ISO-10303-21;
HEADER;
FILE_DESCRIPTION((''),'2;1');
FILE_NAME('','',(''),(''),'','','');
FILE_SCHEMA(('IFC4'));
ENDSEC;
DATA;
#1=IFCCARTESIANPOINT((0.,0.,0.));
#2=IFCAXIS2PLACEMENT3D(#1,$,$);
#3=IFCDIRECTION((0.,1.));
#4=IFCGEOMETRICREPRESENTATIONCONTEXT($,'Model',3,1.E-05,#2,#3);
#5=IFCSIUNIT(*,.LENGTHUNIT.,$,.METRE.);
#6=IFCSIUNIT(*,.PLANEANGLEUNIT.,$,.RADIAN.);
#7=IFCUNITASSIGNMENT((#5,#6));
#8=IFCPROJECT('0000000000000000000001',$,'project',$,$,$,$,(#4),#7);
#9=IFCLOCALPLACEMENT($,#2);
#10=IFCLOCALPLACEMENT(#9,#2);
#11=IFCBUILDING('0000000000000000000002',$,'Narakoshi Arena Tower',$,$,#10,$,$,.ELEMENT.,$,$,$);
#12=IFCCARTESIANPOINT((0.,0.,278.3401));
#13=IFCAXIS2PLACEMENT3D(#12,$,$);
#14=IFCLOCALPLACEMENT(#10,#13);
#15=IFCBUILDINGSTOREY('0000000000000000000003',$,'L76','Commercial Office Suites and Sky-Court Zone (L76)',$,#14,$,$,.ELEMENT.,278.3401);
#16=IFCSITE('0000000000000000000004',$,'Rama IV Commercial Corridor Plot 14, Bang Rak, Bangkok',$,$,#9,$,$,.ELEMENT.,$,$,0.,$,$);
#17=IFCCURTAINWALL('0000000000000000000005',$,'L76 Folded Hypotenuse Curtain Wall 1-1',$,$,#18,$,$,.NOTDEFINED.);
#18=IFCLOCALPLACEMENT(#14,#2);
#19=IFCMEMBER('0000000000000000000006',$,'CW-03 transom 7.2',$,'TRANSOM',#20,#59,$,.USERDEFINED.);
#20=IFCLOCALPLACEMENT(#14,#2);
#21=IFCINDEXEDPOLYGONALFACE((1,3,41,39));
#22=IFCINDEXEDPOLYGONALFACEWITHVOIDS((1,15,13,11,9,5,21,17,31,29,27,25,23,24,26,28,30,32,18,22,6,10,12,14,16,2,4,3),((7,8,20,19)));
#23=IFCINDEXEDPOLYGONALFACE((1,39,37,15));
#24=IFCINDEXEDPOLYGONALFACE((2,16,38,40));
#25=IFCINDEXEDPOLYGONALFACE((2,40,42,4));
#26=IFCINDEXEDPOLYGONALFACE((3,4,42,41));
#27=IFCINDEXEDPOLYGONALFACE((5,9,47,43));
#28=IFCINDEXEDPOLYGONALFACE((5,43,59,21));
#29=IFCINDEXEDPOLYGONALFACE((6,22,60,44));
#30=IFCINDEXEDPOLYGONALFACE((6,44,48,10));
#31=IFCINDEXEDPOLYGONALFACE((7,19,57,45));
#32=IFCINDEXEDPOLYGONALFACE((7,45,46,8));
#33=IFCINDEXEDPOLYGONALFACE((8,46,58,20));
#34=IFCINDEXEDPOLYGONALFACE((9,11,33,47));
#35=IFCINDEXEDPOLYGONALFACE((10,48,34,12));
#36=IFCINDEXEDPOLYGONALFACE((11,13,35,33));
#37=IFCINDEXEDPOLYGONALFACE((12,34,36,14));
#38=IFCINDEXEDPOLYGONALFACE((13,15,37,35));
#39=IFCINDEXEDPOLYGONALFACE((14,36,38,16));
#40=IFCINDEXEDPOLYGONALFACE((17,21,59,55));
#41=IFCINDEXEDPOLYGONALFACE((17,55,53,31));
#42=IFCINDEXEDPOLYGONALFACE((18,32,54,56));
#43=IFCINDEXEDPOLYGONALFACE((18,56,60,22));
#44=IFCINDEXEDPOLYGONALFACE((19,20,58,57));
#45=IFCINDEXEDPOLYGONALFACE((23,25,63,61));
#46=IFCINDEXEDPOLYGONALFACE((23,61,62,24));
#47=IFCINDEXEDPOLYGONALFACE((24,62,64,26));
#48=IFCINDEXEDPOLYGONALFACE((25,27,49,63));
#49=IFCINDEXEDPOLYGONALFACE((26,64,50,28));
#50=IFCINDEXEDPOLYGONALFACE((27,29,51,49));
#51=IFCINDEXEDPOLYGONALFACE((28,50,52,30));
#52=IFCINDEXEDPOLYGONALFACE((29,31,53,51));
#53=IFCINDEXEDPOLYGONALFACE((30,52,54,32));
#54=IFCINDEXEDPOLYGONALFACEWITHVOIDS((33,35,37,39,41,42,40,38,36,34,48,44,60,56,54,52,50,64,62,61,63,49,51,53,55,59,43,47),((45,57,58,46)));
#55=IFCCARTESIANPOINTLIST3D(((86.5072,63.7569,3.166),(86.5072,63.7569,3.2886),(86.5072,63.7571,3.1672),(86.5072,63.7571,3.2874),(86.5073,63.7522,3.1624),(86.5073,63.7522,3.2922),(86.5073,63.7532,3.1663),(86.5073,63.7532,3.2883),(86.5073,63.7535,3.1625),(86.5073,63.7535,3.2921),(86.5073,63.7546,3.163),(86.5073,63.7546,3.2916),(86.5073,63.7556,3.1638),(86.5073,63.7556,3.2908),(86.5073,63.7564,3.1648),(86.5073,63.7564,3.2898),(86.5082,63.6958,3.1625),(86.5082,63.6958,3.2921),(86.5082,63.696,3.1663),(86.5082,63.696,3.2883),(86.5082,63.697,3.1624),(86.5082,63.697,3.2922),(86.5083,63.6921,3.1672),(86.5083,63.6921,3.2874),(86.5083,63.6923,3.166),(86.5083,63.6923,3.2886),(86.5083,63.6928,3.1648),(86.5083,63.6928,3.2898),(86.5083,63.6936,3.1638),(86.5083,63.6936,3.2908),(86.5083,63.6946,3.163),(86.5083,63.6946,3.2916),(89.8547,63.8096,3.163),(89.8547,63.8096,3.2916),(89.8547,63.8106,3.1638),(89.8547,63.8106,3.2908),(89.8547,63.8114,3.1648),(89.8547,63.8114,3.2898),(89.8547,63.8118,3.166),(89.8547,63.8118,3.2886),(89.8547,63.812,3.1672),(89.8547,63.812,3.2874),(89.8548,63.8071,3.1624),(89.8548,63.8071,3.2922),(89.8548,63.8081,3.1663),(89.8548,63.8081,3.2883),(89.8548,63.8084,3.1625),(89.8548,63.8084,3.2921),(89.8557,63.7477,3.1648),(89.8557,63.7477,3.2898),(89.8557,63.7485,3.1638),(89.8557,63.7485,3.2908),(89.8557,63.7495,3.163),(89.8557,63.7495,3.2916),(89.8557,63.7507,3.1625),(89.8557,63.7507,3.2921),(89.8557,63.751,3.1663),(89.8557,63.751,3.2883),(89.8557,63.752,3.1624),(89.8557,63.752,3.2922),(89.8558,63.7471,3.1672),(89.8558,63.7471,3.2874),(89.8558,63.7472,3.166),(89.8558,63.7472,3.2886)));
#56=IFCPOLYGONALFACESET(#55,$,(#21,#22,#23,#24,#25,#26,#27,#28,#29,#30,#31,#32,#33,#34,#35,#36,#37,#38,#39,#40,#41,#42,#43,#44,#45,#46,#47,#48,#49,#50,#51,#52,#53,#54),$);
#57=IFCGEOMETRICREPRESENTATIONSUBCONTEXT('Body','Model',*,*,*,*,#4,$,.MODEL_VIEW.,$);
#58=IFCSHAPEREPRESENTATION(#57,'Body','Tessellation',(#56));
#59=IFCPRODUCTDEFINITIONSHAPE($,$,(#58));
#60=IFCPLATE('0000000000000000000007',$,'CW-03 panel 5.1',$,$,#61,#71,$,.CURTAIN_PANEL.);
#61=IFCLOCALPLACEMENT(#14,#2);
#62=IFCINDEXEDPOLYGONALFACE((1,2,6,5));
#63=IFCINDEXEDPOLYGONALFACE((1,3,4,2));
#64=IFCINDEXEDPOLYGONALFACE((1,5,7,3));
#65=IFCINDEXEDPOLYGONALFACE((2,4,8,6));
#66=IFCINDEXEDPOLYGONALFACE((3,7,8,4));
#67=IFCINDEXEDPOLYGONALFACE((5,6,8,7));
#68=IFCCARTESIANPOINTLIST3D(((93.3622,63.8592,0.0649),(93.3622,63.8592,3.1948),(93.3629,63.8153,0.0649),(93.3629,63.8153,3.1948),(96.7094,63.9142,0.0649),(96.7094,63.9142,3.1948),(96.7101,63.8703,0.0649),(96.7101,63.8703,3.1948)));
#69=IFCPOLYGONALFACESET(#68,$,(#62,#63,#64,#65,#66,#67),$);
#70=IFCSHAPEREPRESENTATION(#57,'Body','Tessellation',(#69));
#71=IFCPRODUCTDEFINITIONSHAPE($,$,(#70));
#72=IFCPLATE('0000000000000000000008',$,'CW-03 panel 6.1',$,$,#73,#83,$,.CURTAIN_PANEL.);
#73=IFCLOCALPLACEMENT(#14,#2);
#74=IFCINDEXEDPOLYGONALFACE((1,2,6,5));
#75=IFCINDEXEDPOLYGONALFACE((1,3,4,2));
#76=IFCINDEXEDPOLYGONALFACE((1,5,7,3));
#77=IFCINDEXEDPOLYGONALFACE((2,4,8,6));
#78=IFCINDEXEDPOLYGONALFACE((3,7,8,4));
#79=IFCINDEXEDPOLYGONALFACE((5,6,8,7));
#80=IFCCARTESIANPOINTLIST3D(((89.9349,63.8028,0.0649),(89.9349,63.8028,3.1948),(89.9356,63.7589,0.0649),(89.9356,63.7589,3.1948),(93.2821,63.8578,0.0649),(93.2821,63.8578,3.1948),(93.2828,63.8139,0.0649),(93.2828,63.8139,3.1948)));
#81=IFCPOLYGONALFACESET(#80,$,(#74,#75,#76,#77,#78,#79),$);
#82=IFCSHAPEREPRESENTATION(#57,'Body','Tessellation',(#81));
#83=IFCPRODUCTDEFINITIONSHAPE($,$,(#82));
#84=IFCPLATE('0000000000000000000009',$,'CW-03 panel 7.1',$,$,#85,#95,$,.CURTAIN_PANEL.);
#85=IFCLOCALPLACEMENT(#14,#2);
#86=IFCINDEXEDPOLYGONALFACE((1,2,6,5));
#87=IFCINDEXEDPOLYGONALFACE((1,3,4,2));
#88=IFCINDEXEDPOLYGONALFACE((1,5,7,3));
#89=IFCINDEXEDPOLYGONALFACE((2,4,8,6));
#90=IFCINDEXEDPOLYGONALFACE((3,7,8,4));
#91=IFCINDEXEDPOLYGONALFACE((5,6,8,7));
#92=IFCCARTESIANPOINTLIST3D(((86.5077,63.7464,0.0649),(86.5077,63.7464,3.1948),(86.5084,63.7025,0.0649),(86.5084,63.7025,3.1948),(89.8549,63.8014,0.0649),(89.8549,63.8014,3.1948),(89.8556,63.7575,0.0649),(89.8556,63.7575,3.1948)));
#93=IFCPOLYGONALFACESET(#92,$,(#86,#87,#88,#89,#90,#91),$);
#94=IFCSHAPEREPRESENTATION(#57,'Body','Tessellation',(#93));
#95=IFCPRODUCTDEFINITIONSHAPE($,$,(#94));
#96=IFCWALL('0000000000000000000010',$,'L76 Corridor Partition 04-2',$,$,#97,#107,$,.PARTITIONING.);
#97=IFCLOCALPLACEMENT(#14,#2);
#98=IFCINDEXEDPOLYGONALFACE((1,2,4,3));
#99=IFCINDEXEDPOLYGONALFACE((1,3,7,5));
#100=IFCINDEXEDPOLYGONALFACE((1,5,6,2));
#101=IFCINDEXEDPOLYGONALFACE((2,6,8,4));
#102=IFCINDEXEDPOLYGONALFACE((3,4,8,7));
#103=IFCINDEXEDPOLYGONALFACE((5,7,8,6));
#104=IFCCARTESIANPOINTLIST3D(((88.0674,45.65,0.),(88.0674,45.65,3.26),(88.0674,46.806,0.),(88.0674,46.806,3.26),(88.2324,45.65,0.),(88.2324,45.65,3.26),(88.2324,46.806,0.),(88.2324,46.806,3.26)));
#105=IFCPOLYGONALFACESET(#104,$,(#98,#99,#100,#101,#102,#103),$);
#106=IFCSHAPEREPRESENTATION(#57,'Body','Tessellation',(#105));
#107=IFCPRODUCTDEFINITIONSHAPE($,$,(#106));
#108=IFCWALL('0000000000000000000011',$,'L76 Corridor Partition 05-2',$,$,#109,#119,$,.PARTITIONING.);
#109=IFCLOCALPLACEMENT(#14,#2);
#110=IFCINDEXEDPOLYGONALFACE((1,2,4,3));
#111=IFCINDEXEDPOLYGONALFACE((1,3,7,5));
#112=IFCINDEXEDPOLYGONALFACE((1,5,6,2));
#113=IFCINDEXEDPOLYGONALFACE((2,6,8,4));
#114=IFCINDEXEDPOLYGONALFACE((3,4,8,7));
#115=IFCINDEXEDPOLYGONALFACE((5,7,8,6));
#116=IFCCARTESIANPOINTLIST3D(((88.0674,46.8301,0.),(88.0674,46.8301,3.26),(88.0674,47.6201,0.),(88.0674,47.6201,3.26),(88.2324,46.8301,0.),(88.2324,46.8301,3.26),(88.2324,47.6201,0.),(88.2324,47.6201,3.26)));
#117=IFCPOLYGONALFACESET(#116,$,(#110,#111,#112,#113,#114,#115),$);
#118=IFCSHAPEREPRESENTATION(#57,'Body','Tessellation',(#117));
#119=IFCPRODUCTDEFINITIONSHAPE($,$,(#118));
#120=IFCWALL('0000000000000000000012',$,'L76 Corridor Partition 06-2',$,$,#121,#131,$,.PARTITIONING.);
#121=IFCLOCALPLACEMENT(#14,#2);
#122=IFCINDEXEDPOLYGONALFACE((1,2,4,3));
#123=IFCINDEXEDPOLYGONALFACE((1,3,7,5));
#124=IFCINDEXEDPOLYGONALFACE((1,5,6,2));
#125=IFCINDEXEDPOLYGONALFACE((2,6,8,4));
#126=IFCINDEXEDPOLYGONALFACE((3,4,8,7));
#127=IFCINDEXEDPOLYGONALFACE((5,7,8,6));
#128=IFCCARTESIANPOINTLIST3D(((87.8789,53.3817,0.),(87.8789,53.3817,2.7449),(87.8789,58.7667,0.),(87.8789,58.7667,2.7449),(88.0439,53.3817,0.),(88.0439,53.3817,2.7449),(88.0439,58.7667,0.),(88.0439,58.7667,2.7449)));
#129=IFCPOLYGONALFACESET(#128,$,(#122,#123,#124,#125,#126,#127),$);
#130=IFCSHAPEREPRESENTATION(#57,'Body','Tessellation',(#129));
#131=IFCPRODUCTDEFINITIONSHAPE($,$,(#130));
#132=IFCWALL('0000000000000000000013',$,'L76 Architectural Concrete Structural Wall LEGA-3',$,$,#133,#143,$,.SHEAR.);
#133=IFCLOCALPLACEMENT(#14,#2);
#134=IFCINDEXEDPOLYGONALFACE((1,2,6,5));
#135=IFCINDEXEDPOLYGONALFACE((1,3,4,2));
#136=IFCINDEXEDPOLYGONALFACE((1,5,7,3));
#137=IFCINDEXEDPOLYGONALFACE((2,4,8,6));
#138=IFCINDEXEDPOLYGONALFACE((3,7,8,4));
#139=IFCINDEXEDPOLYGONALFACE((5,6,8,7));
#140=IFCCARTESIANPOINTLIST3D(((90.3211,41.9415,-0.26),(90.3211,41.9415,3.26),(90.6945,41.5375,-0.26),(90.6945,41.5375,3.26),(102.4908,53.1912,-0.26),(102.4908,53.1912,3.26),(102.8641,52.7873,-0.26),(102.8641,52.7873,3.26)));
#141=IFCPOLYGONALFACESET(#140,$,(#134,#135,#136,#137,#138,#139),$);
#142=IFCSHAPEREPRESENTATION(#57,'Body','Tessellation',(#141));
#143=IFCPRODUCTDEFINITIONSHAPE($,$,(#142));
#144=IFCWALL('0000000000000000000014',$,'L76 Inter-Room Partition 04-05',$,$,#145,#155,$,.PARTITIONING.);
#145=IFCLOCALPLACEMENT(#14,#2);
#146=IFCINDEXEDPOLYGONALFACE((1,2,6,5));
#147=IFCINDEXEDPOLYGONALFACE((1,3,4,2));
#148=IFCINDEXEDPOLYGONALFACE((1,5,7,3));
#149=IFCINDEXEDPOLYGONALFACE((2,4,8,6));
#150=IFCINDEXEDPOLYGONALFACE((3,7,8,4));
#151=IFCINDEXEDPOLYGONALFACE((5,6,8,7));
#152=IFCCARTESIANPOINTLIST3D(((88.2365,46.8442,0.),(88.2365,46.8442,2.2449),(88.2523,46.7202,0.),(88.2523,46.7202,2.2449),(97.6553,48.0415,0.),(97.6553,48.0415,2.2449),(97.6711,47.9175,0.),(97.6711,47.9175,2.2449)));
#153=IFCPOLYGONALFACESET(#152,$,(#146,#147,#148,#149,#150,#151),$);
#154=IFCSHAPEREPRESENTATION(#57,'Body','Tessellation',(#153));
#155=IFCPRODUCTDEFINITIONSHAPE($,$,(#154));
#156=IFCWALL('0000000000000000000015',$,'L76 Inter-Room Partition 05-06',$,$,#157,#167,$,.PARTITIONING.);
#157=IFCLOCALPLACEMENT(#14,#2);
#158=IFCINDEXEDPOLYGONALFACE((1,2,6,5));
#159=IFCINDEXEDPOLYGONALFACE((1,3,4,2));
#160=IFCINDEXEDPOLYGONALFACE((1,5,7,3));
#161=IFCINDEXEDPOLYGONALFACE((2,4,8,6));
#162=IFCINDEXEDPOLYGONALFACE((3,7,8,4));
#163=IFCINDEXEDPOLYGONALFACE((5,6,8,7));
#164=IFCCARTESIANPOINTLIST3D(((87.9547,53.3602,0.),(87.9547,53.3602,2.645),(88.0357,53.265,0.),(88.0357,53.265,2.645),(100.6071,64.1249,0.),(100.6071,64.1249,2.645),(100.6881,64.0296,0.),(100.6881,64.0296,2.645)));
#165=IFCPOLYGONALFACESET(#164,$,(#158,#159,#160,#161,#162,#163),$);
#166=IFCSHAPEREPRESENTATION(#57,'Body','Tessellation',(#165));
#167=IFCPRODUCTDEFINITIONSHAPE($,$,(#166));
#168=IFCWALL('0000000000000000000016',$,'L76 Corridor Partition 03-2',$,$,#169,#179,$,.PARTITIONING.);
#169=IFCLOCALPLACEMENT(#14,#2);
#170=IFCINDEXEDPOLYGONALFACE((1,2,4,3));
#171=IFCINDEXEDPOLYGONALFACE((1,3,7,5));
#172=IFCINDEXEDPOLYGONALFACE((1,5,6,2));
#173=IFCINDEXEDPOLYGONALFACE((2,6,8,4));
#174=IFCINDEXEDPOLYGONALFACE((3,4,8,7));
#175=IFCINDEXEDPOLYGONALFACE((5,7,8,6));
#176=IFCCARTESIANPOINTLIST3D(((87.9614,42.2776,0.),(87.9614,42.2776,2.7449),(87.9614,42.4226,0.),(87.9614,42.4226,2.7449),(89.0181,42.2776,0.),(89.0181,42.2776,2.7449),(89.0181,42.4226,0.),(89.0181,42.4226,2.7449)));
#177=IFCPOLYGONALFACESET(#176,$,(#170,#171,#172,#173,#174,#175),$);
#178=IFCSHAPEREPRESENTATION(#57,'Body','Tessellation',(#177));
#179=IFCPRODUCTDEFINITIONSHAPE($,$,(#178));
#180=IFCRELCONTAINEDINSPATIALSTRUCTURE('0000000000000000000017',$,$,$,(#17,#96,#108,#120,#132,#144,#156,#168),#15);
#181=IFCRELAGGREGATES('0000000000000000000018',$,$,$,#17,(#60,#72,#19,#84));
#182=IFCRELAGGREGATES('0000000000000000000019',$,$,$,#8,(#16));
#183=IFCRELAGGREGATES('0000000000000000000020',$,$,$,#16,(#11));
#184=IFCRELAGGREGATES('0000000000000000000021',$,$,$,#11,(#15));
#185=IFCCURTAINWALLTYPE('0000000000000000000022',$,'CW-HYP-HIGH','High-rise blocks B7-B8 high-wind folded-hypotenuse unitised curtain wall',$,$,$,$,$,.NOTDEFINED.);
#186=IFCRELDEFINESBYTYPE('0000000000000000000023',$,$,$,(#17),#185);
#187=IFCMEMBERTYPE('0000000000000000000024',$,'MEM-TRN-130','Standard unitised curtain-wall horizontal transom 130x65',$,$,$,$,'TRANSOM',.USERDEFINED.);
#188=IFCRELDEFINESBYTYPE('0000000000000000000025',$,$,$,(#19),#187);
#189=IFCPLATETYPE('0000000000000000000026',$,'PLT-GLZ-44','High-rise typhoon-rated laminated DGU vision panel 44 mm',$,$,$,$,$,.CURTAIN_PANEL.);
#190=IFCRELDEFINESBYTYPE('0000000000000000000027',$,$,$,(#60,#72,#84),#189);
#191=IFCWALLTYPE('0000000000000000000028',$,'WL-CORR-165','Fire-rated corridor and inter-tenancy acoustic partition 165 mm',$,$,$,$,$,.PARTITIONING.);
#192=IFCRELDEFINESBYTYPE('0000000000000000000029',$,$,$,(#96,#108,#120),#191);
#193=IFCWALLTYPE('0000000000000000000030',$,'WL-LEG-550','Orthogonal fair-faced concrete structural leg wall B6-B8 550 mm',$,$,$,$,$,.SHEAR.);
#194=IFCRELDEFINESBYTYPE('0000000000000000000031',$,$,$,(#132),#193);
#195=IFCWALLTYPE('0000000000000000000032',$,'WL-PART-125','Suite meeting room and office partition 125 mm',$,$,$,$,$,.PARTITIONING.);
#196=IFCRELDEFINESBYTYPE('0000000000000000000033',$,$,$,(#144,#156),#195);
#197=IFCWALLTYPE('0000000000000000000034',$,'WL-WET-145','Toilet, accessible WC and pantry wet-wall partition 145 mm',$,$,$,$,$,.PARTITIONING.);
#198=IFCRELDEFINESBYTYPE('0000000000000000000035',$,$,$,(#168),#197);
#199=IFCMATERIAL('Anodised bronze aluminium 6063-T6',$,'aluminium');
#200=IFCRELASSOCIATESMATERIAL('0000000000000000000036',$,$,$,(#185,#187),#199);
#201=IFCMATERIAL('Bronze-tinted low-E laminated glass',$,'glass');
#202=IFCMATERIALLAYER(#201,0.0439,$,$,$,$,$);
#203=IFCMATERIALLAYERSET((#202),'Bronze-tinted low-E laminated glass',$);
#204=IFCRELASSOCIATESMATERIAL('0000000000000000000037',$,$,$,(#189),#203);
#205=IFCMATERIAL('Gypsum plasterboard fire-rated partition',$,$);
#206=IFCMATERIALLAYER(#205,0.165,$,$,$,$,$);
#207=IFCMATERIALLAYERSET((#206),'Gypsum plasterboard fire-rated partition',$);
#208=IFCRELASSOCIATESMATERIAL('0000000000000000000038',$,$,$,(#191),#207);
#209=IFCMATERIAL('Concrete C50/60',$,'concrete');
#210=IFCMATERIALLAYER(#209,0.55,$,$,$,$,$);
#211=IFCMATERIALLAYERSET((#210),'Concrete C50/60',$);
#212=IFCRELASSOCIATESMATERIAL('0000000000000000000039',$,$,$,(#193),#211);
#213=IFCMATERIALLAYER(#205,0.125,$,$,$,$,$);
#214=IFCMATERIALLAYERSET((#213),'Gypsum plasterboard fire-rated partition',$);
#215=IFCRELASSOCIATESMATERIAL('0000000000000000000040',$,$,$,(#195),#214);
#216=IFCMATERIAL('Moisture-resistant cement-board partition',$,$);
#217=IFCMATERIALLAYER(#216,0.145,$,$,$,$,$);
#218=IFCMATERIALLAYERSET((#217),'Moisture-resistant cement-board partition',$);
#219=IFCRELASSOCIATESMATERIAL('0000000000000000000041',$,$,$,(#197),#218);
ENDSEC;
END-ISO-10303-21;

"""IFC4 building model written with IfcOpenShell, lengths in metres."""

from ifc_helpers import new_model, si_unit, direction, frame, frame_2d, origin, origin_2d, place, context, subcontext, project, spatial, rectangle, hollow_rectangle, extrude, material, layer, layer_set, material_profile, profile_set, type_object, element, aggregate, save


model = new_model("IFC4")

# Units and contexts
model_context = context("Model", 3, precision=1e-05, world=origin(), true_north=direction((0.0, 1.0)))
body_context = subcontext(model_context, "Body", "Model", "MODEL_VIEW")
ifc_project = project(units=[si_unit("LENGTHUNIT", "METRE"), si_unit("PLANEANGLEUNIT", "RADIAN")], contexts=[model_context])

# Site, building, storey
site_placement = place(None, origin())
site = spatial("IfcSite", under=ifc_project, at=site_placement, Name="Rama IV Commercial Corridor Plot 14, Bang Rak, Bangkok", CompositionType="ELEMENT", RefElevation=0.0)
building_placement = place(site_placement, origin())
building = spatial("IfcBuilding", under=site, at=building_placement, Name="Narakoshi Arena Tower", CompositionType="ELEMENT")
storey_placement = place(building_placement, frame((0.0, 0.0, 278.3401)))
storey = spatial("IfcBuildingStorey", under=building, at=storey_placement, Name="L76", Description="Commercial Office Suites and Sky-Court Zone (L76)", CompositionType="ELEMENT", Elevation=278.3401)

# Shared definitions
ifc_material_1 = material(Name="Concrete C50/60", Category="concrete")

# Curtain wall, member, plates
ifc_material_2 = material(Name="Anodised bronze aluminium 6063-T6", Category="aluminium")
curtain_wall_type = type_object("IfcCurtainWallType", Name="CW-HYP-HIGH", Description="High-rise blocks B7-B8 high-wind folded-hypotenuse unitised curtain wall", PredefinedType="NOTDEFINED", material=ifc_material_2)
curtain_wall_placement = place(storey_placement, origin())
curtain_wall = element("IfcCurtainWall", 1, at=curtain_wall_placement, inside=storey, type_object=curtain_wall_type, Name="L76 Folded Hypotenuse Curtain Wall 1-1", PredefinedType="NOTDEFINED")
ifc_material_profile_1 = material_profile(ifc_material_2, hollow_rectangle(XDim=0.0649, YDim=0.1299, WallThickness=0.0039, OuterFilletRadius=0.0049, at=origin_2d()), Name="TRN130x65x4")
ifc_profile_set_1 = profile_set([ifc_material_profile_1], Name="Anodised bronze aluminium 6063-T6")
member_type_1 = type_object("IfcMemberType", Name="MEM-TRN-130", Description="Standard unitised curtain-wall horizontal transom 130x65", ElementType="TRANSOM", PredefinedType="USERDEFINED", material=ifc_profile_set_1)
member_1_placement = place(storey_placement, frame((89.8552, 63.7795, 3.2273), z_axis=(-0.999865, -0.016408, 0.0), x_axis=(0.016408, -0.999865, 0.0)))
member_1 = element("IfcMember", 2, at=member_1_placement, type_object=member_type_1, Name="CW-03 transom 7.2", ObjectType="TRANSOM", PredefinedType="USERDEFINED", context=body_context, shape_type="SweptSolid", body=[
    extrude(hollow_rectangle(XDim=0.0649, YDim=0.1299, WallThickness=0.0039, OuterFilletRadius=0.0049, at=origin_2d()), origin(), (0.0, 0.0, 1.0), 3.3479),
])
ifc_material_3 = material(Name="Bronze-tinted low-E laminated glass", Category="glass")
ifc_layer_1 = layer(ifc_material_3, 0.0439)
ifc_layer_set_1 = layer_set([ifc_layer_1], Name="Bronze-tinted low-E laminated glass")
plate_type = type_object("IfcPlateType", Name="PLT-GLZ-44", Description="High-rise typhoon-rated laminated DGU vision panel 44 mm", PredefinedType="CURTAIN_PANEL", material=ifc_layer_set_1)
plate_1_placement = place(storey_placement, frame((95.0361, 63.8647, 0.0649), z_axis=(0.0, 0.0, 1.0), x_axis=(-0.999865, -0.016443, 0.0)))
plate_1 = element("IfcPlate", 3, at=plate_1_placement, type_object=plate_type, Name="CW-03 panel 5.1", PredefinedType="CURTAIN_PANEL", context=body_context, shape_type="SweptSolid", body=[
    extrude(rectangle(XDim=3.3477, YDim=0.0439, at=origin_2d()), origin(), (0.0, 0.0, 1.0), 3.1299),
])
plate_2_placement = place(storey_placement, frame((91.6089, 63.8083, 0.0649), z_axis=(0.0, 0.0, 1.0), x_axis=(-0.999865, -0.016443, 0.0)))
plate_2 = element("IfcPlate", 4, at=plate_2_placement, type_object=plate_type, Name="CW-03 panel 6.1", PredefinedType="CURTAIN_PANEL", context=body_context, shape_type="SweptSolid", body=[
    extrude(rectangle(XDim=3.3477, YDim=0.0439, at=origin_2d()), origin(), (0.0, 0.0, 1.0), 3.1299),
])
plate_3_placement = place(storey_placement, frame((88.1816, 63.752, 0.0649), z_axis=(0.0, 0.0, 1.0), x_axis=(-0.999865, -0.016443, 0.0)))
plate_3 = element("IfcPlate", 5, at=plate_3_placement, type_object=plate_type, Name="CW-03 panel 7.1", PredefinedType="CURTAIN_PANEL", context=body_context, shape_type="SweptSolid", body=[
    extrude(rectangle(XDim=3.3477, YDim=0.0439, at=origin_2d()), origin(), (0.0, 0.0, 1.0), 3.1299),
])
aggregate(curtain_wall, [plate_1, plate_2, member_1, plate_3])

# Walls
ifc_material_4 = material(Name="Gypsum plasterboard fire-rated partition")
ifc_layer_2 = layer(ifc_material_4, 0.165)
ifc_layer_set_2 = layer_set([ifc_layer_2], Name="Gypsum plasterboard fire-rated partition")
wall_type_1 = type_object("IfcWallType", Name="WL-CORR-165", Description="Fire-rated corridor and inter-tenancy acoustic partition 165 mm", PredefinedType="PARTITIONING", material=ifc_layer_set_2)
wall_1_placement = place(storey_placement, frame((88.1499, 45.6499, 0.0), z_axis=(0.0, 0.0, 1.0), x_axis=(0.0, 1.0, 0.0)))
element("IfcWall", 6, at=wall_1_placement, inside=storey, type_object=wall_type_1, Name="L76 Corridor Partition 04-2", PredefinedType="PARTITIONING", context=body_context, shape_type="SweptSolid", body=[
    extrude(rectangle(XDim=1.156, YDim=0.165, at=frame_2d((0.5781, 0.0))), origin(), (0.0, 0.0, 1.0), 3.26),
])
wall_2_placement = place(storey_placement, frame((88.1499, 46.8301, 0.0), z_axis=(0.0, 0.0, 1.0), x_axis=(0.0, 1.0, 0.0)))
element("IfcWall", 7, at=wall_2_placement, inside=storey, type_object=wall_type_1, Name="L76 Corridor Partition 05-2", PredefinedType="PARTITIONING", context=body_context, shape_type="SweptSolid", body=[
    extrude(rectangle(XDim=0.79, YDim=0.165, at=frame_2d((0.395, 0.0))), origin(), (0.0, 0.0, 1.0), 3.26),
])
wall_3_placement = place(storey_placement, frame((87.9614, 53.3818, 0.0), z_axis=(0.0, 0.0, 1.0), x_axis=(0.0, 1.0, 0.0)))
element("IfcWall", 8, at=wall_3_placement, inside=storey, type_object=wall_type_1, Name="L76 Corridor Partition 06-2", PredefinedType="PARTITIONING", context=body_context, shape_type="SweptSolid", body=[
    extrude(rectangle(XDim=5.385, YDim=0.165, at=frame_2d((2.6924, 0.0))), origin(), (0.0, 0.0, 1.0), 2.7449),
])
ifc_layer_3 = layer(ifc_material_1, 0.55)
ifc_layer_set_3 = layer_set([ifc_layer_3], Name="Concrete C50/60")
wall_type_2 = type_object("IfcWallType", Name="WL-LEG-550", Description="Orthogonal fair-faced concrete structural leg wall B6-B8 550 mm", PredefinedType="SHEAR", material=ifc_layer_set_3)
wall_4_placement = place(storey_placement, frame((90.5078, 41.7395, -0.26), z_axis=(0.0, 0.0, 1.0), x_axis=(0.734316, 0.678808, 0.0)))
element("IfcWall", 9, at=wall_4_placement, inside=storey, type_object=wall_type_2, Name="L76 Architectural Concrete Structural Wall LEGA-3", PredefinedType="SHEAR", context=body_context, shape_type="SweptSolid", body=[
    extrude(rectangle(XDim=16.5728, YDim=0.55, at=frame_2d((8.2864, 0.0))), origin(), (0.0, 0.0, 1.0), 3.52),
])
ifc_layer_4 = layer(ifc_material_4, 0.125)
ifc_layer_set_4 = layer_set([ifc_layer_4], Name="Gypsum plasterboard fire-rated partition")
wall_type_3 = type_object("IfcWallType", Name="WL-PART-125", Description="Suite meeting room and office partition 125 mm", PredefinedType="PARTITIONING", material=ifc_layer_set_4)
wall_5_placement = place(storey_placement, frame((88.2444, 46.7822, 0.0), z_axis=(0.0, 0.0, 1.0), x_axis=(0.992018, 0.126098, 0.0)))
element("IfcWall", 10, at=wall_5_placement, inside=storey, type_object=wall_type_3, Name="L76 Inter-Room Partition 04-05", PredefinedType="PARTITIONING", context=body_context, shape_type="SweptSolid", body=[
    extrude(rectangle(XDim=9.4946, YDim=0.125, at=frame_2d((4.7473, 0.0))), origin(), (0.0, 0.0, 1.0), 2.2449),
])
wall_6_placement = place(storey_placement, frame((87.9951, 53.3125, 0.0), z_axis=(0.0, 0.0, 1.0), x_axis=(0.761638, 0.648003, 0.0)))
element("IfcWall", 11, at=wall_6_placement, inside=storey, type_object=wall_type_3, Name="L76 Inter-Room Partition 05-06", PredefinedType="PARTITIONING", context=body_context, shape_type="SweptSolid", body=[
    extrude(rectangle(XDim=16.6121, YDim=0.125, at=frame_2d((8.3062, 0.0))), origin(), (0.0, 0.0, 1.0), 2.645),
])
ifc_material_5 = material(Name="Moisture-resistant cement-board partition")
ifc_layer_5 = layer(ifc_material_5, 0.145)
ifc_layer_set_5 = layer_set([ifc_layer_5], Name="Moisture-resistant cement-board partition")
wall_type_4 = type_object("IfcWallType", Name="WL-WET-145", Description="Toilet, accessible WC and pantry wet-wall partition 145 mm", PredefinedType="PARTITIONING", material=ifc_layer_set_5)
wall_7_placement = place(storey_placement, frame((89.0181, 42.3501, 0.0), z_axis=(0.0, 0.0, 1.0), x_axis=(-1.0, 0.0, 0.0)))
element("IfcWall", 12, at=wall_7_placement, inside=storey, type_object=wall_type_4, Name="L76 Corridor Partition 03-2", PredefinedType="PARTITIONING", context=body_context, shape_type="SweptSolid", body=[
    extrude(rectangle(XDim=1.0566, YDim=0.145, at=frame_2d((0.5283, 0.0))), origin(), (0.0, 0.0, 1.0), 2.7449),
])

save(model, "model.ifc")
